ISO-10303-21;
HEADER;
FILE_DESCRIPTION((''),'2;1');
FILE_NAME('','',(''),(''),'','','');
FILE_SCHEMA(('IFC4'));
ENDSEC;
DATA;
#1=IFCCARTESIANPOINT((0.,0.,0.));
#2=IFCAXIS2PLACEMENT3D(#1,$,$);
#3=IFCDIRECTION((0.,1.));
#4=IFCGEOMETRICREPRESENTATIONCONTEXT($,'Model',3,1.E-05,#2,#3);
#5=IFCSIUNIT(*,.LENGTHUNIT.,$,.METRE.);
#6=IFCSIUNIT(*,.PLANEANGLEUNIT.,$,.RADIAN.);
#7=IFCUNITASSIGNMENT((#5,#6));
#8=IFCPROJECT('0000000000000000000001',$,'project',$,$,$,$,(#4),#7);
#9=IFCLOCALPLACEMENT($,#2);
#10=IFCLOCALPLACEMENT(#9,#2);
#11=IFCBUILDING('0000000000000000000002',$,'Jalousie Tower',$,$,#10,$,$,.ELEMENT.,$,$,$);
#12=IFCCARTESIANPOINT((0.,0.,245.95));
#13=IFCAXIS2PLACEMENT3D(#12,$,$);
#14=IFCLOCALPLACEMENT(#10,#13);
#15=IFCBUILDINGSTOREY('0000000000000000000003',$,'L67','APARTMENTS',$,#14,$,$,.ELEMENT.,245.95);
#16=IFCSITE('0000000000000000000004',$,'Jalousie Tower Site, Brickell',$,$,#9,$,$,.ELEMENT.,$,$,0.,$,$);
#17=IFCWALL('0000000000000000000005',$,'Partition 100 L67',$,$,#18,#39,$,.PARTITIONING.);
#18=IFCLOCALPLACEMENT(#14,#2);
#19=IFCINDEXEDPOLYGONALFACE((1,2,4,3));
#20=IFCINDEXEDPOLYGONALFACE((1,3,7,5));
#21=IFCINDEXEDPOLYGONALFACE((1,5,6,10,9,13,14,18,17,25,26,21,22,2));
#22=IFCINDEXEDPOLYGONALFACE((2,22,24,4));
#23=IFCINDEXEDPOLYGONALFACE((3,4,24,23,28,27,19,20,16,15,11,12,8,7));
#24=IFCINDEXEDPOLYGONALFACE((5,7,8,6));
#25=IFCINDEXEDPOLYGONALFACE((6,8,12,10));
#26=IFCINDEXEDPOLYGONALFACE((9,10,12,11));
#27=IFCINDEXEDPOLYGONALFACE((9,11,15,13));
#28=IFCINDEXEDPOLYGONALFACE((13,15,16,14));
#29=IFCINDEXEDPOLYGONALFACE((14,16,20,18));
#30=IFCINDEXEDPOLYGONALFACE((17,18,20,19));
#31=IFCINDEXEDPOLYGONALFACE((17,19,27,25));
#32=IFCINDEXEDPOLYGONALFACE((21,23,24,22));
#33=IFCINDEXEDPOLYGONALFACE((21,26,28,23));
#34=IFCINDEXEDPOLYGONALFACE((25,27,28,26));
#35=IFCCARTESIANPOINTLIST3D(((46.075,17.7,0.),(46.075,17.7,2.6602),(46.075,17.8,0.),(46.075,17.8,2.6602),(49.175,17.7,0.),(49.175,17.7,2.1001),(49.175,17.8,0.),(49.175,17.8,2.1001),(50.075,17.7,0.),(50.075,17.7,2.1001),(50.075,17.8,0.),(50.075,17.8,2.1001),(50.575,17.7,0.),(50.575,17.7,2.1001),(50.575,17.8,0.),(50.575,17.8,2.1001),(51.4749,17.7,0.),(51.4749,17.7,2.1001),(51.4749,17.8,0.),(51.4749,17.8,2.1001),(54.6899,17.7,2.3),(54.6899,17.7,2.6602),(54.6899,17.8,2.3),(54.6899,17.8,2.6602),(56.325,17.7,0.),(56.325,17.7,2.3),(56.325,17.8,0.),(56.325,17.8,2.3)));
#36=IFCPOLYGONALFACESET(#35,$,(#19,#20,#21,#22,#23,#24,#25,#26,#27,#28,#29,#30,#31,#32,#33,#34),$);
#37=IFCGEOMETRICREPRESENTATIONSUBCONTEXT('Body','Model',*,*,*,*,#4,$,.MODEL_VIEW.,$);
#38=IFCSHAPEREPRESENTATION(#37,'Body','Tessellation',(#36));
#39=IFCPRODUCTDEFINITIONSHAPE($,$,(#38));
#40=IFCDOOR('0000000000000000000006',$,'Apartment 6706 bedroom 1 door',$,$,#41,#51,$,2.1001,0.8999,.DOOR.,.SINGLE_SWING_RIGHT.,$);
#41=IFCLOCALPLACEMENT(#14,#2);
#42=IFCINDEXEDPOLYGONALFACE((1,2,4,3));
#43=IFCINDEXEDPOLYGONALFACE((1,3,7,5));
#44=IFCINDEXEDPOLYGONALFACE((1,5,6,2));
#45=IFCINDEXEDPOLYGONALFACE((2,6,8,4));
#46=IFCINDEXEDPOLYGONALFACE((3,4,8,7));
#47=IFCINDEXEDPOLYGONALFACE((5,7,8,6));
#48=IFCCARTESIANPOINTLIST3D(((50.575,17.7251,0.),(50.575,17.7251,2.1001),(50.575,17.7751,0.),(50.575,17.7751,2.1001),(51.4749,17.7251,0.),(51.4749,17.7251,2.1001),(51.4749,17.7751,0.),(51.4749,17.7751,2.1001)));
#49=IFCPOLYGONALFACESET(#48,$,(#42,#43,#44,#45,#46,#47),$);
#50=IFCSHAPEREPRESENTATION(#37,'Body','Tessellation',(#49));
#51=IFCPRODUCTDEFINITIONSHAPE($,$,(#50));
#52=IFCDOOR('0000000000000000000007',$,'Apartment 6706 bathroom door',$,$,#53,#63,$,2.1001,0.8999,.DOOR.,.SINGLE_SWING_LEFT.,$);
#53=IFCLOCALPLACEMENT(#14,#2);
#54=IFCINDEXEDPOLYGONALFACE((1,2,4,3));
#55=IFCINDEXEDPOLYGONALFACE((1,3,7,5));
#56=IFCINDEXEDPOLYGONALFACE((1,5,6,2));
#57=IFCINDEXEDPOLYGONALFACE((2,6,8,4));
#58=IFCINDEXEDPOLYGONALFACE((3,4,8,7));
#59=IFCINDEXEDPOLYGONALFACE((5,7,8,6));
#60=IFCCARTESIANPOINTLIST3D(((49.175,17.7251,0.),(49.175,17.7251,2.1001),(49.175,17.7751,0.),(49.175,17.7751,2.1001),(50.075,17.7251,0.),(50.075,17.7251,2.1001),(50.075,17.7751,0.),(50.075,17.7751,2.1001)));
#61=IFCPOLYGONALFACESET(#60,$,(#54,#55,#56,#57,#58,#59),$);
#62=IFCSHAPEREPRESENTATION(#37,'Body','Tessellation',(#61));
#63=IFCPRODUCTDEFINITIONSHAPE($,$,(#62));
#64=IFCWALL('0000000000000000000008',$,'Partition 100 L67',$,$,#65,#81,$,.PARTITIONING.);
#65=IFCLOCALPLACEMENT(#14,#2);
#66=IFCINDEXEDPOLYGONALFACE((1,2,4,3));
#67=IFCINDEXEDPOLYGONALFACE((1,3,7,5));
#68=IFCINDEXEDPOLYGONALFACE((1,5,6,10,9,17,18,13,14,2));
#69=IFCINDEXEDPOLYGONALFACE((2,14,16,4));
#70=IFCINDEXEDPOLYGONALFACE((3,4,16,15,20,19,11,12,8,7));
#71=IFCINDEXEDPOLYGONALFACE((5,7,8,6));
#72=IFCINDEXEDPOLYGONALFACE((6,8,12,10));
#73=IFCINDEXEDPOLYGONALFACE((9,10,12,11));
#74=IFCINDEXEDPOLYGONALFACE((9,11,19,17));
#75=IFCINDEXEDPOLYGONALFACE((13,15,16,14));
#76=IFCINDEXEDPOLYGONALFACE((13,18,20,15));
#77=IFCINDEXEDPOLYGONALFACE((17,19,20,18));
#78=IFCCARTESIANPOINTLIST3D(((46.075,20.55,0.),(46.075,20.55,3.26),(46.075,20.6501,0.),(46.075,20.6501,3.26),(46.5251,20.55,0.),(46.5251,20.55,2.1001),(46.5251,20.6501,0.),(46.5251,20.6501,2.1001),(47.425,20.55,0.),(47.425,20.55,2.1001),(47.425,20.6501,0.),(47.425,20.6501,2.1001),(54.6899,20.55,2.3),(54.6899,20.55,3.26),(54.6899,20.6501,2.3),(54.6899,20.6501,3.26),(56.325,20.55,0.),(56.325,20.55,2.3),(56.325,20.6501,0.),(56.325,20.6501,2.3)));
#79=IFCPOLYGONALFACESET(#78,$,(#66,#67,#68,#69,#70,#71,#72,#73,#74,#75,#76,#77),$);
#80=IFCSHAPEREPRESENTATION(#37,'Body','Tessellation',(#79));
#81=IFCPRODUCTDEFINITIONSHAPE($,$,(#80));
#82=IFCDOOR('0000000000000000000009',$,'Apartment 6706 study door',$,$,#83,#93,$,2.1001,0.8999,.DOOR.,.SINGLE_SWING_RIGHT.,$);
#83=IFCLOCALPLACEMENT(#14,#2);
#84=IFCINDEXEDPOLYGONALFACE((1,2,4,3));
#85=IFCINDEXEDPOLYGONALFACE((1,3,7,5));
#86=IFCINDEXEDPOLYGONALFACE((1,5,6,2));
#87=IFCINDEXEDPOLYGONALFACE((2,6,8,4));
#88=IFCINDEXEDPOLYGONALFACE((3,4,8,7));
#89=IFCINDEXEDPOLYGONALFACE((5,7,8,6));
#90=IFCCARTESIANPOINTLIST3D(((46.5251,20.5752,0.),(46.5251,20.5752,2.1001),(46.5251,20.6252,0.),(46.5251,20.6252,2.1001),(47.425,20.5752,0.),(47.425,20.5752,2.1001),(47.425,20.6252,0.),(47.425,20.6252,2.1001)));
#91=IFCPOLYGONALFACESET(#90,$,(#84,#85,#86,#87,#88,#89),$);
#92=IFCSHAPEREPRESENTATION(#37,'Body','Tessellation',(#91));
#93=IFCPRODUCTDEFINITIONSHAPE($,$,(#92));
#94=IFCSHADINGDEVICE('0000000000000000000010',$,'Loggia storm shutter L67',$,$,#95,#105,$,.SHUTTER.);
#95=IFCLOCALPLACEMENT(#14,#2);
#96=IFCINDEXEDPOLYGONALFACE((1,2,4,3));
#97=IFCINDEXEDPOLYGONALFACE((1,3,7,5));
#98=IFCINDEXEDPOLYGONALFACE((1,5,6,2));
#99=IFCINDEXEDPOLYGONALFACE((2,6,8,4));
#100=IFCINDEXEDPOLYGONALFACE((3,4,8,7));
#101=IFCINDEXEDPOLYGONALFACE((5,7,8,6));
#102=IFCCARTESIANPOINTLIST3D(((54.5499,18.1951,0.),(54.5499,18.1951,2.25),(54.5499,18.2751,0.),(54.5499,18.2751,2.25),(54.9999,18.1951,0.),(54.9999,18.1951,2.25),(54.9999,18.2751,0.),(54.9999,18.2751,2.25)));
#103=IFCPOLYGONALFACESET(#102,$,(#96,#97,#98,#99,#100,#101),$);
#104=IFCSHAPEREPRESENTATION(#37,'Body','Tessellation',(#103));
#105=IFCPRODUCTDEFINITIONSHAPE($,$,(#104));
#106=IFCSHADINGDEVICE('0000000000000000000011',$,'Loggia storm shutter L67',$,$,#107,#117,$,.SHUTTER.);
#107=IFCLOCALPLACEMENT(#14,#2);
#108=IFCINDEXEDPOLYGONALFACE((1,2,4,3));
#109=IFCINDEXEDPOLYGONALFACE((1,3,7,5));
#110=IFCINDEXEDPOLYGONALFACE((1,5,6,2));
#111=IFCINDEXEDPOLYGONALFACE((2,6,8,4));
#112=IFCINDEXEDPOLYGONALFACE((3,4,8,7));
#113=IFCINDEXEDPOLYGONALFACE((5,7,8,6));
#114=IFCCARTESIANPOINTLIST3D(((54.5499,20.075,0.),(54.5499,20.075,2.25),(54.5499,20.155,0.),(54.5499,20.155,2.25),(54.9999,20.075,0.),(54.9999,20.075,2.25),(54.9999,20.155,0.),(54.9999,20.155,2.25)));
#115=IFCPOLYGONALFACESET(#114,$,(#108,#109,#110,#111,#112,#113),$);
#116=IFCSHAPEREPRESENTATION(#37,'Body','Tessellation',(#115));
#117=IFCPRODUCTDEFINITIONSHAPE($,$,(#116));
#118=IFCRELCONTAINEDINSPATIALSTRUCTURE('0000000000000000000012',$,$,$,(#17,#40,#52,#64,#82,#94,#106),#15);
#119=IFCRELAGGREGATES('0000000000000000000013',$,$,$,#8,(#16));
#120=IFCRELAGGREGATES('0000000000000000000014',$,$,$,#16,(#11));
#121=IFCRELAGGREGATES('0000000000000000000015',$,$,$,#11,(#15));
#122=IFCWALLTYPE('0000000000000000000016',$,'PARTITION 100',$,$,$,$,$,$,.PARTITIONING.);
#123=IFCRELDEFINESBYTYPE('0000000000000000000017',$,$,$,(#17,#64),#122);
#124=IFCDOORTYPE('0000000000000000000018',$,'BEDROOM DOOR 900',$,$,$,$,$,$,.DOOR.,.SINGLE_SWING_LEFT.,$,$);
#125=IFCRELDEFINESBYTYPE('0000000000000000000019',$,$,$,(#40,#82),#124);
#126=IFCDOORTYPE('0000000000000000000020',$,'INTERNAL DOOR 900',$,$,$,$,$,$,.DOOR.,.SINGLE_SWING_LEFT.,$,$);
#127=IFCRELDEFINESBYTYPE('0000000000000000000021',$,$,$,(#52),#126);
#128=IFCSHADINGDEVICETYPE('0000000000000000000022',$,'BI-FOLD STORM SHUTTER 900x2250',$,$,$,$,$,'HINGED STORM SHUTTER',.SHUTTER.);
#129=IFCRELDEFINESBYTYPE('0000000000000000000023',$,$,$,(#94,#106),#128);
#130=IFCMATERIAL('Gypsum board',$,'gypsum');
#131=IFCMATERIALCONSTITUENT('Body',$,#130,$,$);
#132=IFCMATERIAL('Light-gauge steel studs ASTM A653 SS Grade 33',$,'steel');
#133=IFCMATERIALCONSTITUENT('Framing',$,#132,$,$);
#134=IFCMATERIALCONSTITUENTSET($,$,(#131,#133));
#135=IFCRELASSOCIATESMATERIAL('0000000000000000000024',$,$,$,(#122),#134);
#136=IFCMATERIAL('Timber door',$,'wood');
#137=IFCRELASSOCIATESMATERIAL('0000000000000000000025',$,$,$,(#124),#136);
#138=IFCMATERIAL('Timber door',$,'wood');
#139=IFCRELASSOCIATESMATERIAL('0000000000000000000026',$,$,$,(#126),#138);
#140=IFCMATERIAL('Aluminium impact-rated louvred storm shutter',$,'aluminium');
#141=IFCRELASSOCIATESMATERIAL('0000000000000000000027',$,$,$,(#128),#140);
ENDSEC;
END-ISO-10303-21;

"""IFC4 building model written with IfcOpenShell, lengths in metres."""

from ifc_helpers import new_model, si_unit, direction, frame, frame_2d, origin, origin_2d, place, context, subcontext, project, spatial, polyline, rectangle, outline, extrude, material, constituent, constituent_set, type_object, element, fill, save


model = new_model("IFC4")

# Units and contexts
model_context = context("Model", 3, precision=1e-05, world=origin(), true_north=direction((0.0, 1.0)))
body_context = subcontext(model_context, "Body", "Model", "MODEL_VIEW")
ifc_project = project(units=[si_unit("LENGTHUNIT", "METRE"), si_unit("PLANEANGLEUNIT", "RADIAN")], contexts=[model_context])

# Site, building, storey
site_placement = place(None, origin())
site = spatial("IfcSite", under=ifc_project, at=site_placement, Name="Jalousie Tower Site, Brickell", CompositionType="ELEMENT", RefElevation=0.0)
building_placement = place(site_placement, origin())
building = spatial("IfcBuilding", under=site, at=building_placement, Name="Jalousie Tower", CompositionType="ELEMENT")
storey_placement = place(building_placement, frame((0.0, 0.0, 245.95)))
storey = spatial("IfcBuildingStorey", under=building, at=storey_placement, Name="L67", Description="APARTMENTS", CompositionType="ELEMENT", Elevation=245.95)

# Wall, openings, doors
ifc_material_1 = material(Name="Gypsum board", Category="gypsum")
ifc_constituent_1 = constituent(ifc_material_1, Name="Body")
ifc_material_2 = material(Name="Light-gauge steel studs ASTM A653 SS Grade 33", Category="steel")
ifc_constituent_2 = constituent(ifc_material_2, Name="Framing")
ifc_constituent_set_1 = constituent_set(constituents=[ifc_constituent_1, ifc_constituent_2])
wall_type_1 = type_object("IfcWallType", Name="PARTITION 100", PredefinedType="PARTITIONING", material=ifc_constituent_set_1)
wall_1_placement = place(storey_placement, frame((56.325, 17.75, 0.0), z_axis=(0.0, 0.0, 1.0), x_axis=(-1.0, 0.0, 0.0)))
wall_1 = element("IfcWall", 1, at=wall_1_placement, inside=storey, type_object=wall_type_1, Name="Partition 100 L67", PredefinedType="PARTITIONING", context=body_context, shape_type="SweptSolid", body=[
    extrude(outline(polyline([(0.0, 0.0), (10.25, 0.0), (10.25, 3.26), (10.25, 2.6602), (1.635, 2.6602), (1.635, 2.3), (0.0, 2.3), (0.0, 3.26), (0.0, 0.0)])), frame((0.0, 0.05, 0.0), z_axis=(0.0, -1.0, 0.0), x_axis=(1.0, 0.0, 0.0)), (0.0, 0.0, 1.0), 0.1001),
])
opening_1_placement = place(wall_1_placement, frame((4.8501, 0.0, 0.0)))
opening_1 = element("IfcOpeningElement", 2, at=opening_1_placement, cuts=wall_1, PredefinedType="OPENING", context=body_context, shape_type="SweptSolid", body=[
    extrude(rectangle(XDim=0.8999, YDim=2.1001, at=frame_2d((0.45, 1.05))), frame((0.0, 0.0601, 0.0), z_axis=(0.0, -1.0, 0.0), x_axis=(1.0, 0.0, 0.0)), (0.0, 0.0, 1.0), 0.1201),
])
opening_2_placement = place(wall_1_placement, frame((6.25, 0.0, 0.0)))
opening_2 = element("IfcOpeningElement", 3, at=opening_2_placement, cuts=wall_1, PredefinedType="OPENING", context=body_context, shape_type="SweptSolid", body=[
    extrude(rectangle(XDim=0.8999, YDim=2.1001, at=frame_2d((0.45, 1.05))), frame((0.0, 0.0601, 0.0), z_axis=(0.0, -1.0, 0.0), x_axis=(1.0, 0.0, 0.0)), (0.0, 0.0, 1.0), 0.1201),
])
ifc_material_3 = material(Name="Timber door", Category="wood")
door_type_1 = type_object("IfcDoorType", Name="BEDROOM DOOR 900", OperationType="SINGLE_SWING_LEFT", PredefinedType="DOOR", material=ifc_material_3)
door_1_placement = place(opening_1_placement, origin())
door_1 = element("IfcDoor", 4, at=door_1_placement, inside=storey, type_object=door_type_1, Name="Apartment 6706 bedroom 1 door", OperationType="SINGLE_SWING_RIGHT", OverallHeight=2.1001, OverallWidth=0.8999, PredefinedType="DOOR", context=body_context, shape_type="SweptSolid", body=[
    extrude(rectangle(XDim=0.8999, YDim=2.1001, at=frame_2d((0.45, 1.05))), frame((0.0, 0.0249, 0.0), z_axis=(0.0, -1.0, 0.0), x_axis=(1.0, 0.0, 0.0)), (0.0, 0.0, 1.0), 0.05),
])
fill(opening_1, door_1)
ifc_material_4 = material(Name="Timber door", Category="wood")
door_type_2 = type_object("IfcDoorType", Name="INTERNAL DOOR 900", OperationType="SINGLE_SWING_LEFT", PredefinedType="DOOR", material=ifc_material_4)
door_2_placement = place(opening_2_placement, origin())
door_2 = element("IfcDoor", 5, at=door_2_placement, inside=storey, type_object=door_type_2, Name="Apartment 6706 bathroom door", OperationType="SINGLE_SWING_LEFT", OverallHeight=2.1001, OverallWidth=0.8999, PredefinedType="DOOR", context=body_context, shape_type="SweptSolid", body=[
    extrude(rectangle(XDim=0.8999, YDim=2.1001, at=frame_2d((0.45, 1.05))), frame((0.0, 0.0249, 0.0), z_axis=(0.0, -1.0, 0.0), x_axis=(1.0, 0.0, 0.0)), (0.0, 0.0, 1.0), 0.05),
])
fill(opening_2, door_2)

# Wall, opening, door
wall_2_placement = place(storey_placement, frame((56.325, 20.6001, 0.0), z_axis=(0.0, 0.0, 1.0), x_axis=(-1.0, 0.0, 0.0)))
wall_2 = element("IfcWall", 6, at=wall_2_placement, inside=storey, type_object=wall_type_1, Name="Partition 100 L67", PredefinedType="PARTITIONING", context=body_context, shape_type="SweptSolid", body=[
    extrude(outline(polyline([(0.0, 0.0), (10.25, 0.0), (10.25, 3.26), (1.635, 3.26), (1.635, 2.3), (0.0, 2.3), (0.0, 3.26), (0.0, 0.0)])), frame((0.0, 0.05, 0.0), z_axis=(0.0, -1.0, 0.0), x_axis=(1.0, 0.0, 0.0)), (0.0, 0.0, 1.0), 0.1001),
])
opening_3_placement = place(wall_2_placement, frame((8.8999, 0.0, 0.0)))
opening_3 = element("IfcOpeningElement", 7, at=opening_3_placement, cuts=wall_2, PredefinedType="OPENING", context=body_context, shape_type="SweptSolid", body=[
    extrude(rectangle(XDim=0.8999, YDim=2.1001, at=frame_2d((0.45, 1.05))), frame((0.0, 0.0601, 0.0), z_axis=(0.0, -1.0, 0.0), x_axis=(1.0, 0.0, 0.0)), (0.0, 0.0, 1.0), 0.1201),
])
door_3_placement = place(opening_3_placement, origin())
door_3 = element("IfcDoor", 8, at=door_3_placement, inside=storey, type_object=door_type_1, Name="Apartment 6706 study door", OperationType="SINGLE_SWING_RIGHT", OverallHeight=2.1001, OverallWidth=0.8999, PredefinedType="DOOR", context=body_context, shape_type="SweptSolid", body=[
    extrude(rectangle(XDim=0.8999, YDim=2.1001, at=frame_2d((0.45, 1.05))), frame((0.0, 0.0249, 0.0), z_axis=(0.0, -1.0, 0.0), x_axis=(1.0, 0.0, 0.0)), (0.0, 0.0, 1.0), 0.05),
])
fill(opening_3, door_3)

# Shading devices
ifc_material_5 = material(Name="Aluminium impact-rated louvred storm shutter", Category="aluminium")
shading_device_type_1 = type_object("IfcShadingDeviceType", Name="BI-FOLD STORM SHUTTER 900x2250", ElementType="HINGED STORM SHUTTER", PredefinedType="SHUTTER", material=ifc_material_5)
for number, where, z_axis, x_axis, name in (
    (9, (54.7749, 18.2351, 0.0), (0.0, 0.0, 1.0), (-1.0, 0.0, 0.0), "Loggia storm shutter L67"),
    (10, (54.7749, 20.115, 0.0), (0.0, 0.0, 1.0), (-1.0, 0.0, 0.0), "Loggia storm shutter L67"),
):
    element("IfcShadingDevice", number, at=place(storey_placement, frame(where, z_axis=z_axis, x_axis=x_axis)), inside=storey, type_object=shading_device_type_1, Name=name, PredefinedType="SHUTTER", context=body_context, shape_type="SweptSolid", body=[
        extrude(rectangle(XDim=0.45, YDim=0.0801, at=origin_2d()), origin(), (0.0, 0.0, 1.0), 2.25),
    ])

save(model, "model.ifc")
